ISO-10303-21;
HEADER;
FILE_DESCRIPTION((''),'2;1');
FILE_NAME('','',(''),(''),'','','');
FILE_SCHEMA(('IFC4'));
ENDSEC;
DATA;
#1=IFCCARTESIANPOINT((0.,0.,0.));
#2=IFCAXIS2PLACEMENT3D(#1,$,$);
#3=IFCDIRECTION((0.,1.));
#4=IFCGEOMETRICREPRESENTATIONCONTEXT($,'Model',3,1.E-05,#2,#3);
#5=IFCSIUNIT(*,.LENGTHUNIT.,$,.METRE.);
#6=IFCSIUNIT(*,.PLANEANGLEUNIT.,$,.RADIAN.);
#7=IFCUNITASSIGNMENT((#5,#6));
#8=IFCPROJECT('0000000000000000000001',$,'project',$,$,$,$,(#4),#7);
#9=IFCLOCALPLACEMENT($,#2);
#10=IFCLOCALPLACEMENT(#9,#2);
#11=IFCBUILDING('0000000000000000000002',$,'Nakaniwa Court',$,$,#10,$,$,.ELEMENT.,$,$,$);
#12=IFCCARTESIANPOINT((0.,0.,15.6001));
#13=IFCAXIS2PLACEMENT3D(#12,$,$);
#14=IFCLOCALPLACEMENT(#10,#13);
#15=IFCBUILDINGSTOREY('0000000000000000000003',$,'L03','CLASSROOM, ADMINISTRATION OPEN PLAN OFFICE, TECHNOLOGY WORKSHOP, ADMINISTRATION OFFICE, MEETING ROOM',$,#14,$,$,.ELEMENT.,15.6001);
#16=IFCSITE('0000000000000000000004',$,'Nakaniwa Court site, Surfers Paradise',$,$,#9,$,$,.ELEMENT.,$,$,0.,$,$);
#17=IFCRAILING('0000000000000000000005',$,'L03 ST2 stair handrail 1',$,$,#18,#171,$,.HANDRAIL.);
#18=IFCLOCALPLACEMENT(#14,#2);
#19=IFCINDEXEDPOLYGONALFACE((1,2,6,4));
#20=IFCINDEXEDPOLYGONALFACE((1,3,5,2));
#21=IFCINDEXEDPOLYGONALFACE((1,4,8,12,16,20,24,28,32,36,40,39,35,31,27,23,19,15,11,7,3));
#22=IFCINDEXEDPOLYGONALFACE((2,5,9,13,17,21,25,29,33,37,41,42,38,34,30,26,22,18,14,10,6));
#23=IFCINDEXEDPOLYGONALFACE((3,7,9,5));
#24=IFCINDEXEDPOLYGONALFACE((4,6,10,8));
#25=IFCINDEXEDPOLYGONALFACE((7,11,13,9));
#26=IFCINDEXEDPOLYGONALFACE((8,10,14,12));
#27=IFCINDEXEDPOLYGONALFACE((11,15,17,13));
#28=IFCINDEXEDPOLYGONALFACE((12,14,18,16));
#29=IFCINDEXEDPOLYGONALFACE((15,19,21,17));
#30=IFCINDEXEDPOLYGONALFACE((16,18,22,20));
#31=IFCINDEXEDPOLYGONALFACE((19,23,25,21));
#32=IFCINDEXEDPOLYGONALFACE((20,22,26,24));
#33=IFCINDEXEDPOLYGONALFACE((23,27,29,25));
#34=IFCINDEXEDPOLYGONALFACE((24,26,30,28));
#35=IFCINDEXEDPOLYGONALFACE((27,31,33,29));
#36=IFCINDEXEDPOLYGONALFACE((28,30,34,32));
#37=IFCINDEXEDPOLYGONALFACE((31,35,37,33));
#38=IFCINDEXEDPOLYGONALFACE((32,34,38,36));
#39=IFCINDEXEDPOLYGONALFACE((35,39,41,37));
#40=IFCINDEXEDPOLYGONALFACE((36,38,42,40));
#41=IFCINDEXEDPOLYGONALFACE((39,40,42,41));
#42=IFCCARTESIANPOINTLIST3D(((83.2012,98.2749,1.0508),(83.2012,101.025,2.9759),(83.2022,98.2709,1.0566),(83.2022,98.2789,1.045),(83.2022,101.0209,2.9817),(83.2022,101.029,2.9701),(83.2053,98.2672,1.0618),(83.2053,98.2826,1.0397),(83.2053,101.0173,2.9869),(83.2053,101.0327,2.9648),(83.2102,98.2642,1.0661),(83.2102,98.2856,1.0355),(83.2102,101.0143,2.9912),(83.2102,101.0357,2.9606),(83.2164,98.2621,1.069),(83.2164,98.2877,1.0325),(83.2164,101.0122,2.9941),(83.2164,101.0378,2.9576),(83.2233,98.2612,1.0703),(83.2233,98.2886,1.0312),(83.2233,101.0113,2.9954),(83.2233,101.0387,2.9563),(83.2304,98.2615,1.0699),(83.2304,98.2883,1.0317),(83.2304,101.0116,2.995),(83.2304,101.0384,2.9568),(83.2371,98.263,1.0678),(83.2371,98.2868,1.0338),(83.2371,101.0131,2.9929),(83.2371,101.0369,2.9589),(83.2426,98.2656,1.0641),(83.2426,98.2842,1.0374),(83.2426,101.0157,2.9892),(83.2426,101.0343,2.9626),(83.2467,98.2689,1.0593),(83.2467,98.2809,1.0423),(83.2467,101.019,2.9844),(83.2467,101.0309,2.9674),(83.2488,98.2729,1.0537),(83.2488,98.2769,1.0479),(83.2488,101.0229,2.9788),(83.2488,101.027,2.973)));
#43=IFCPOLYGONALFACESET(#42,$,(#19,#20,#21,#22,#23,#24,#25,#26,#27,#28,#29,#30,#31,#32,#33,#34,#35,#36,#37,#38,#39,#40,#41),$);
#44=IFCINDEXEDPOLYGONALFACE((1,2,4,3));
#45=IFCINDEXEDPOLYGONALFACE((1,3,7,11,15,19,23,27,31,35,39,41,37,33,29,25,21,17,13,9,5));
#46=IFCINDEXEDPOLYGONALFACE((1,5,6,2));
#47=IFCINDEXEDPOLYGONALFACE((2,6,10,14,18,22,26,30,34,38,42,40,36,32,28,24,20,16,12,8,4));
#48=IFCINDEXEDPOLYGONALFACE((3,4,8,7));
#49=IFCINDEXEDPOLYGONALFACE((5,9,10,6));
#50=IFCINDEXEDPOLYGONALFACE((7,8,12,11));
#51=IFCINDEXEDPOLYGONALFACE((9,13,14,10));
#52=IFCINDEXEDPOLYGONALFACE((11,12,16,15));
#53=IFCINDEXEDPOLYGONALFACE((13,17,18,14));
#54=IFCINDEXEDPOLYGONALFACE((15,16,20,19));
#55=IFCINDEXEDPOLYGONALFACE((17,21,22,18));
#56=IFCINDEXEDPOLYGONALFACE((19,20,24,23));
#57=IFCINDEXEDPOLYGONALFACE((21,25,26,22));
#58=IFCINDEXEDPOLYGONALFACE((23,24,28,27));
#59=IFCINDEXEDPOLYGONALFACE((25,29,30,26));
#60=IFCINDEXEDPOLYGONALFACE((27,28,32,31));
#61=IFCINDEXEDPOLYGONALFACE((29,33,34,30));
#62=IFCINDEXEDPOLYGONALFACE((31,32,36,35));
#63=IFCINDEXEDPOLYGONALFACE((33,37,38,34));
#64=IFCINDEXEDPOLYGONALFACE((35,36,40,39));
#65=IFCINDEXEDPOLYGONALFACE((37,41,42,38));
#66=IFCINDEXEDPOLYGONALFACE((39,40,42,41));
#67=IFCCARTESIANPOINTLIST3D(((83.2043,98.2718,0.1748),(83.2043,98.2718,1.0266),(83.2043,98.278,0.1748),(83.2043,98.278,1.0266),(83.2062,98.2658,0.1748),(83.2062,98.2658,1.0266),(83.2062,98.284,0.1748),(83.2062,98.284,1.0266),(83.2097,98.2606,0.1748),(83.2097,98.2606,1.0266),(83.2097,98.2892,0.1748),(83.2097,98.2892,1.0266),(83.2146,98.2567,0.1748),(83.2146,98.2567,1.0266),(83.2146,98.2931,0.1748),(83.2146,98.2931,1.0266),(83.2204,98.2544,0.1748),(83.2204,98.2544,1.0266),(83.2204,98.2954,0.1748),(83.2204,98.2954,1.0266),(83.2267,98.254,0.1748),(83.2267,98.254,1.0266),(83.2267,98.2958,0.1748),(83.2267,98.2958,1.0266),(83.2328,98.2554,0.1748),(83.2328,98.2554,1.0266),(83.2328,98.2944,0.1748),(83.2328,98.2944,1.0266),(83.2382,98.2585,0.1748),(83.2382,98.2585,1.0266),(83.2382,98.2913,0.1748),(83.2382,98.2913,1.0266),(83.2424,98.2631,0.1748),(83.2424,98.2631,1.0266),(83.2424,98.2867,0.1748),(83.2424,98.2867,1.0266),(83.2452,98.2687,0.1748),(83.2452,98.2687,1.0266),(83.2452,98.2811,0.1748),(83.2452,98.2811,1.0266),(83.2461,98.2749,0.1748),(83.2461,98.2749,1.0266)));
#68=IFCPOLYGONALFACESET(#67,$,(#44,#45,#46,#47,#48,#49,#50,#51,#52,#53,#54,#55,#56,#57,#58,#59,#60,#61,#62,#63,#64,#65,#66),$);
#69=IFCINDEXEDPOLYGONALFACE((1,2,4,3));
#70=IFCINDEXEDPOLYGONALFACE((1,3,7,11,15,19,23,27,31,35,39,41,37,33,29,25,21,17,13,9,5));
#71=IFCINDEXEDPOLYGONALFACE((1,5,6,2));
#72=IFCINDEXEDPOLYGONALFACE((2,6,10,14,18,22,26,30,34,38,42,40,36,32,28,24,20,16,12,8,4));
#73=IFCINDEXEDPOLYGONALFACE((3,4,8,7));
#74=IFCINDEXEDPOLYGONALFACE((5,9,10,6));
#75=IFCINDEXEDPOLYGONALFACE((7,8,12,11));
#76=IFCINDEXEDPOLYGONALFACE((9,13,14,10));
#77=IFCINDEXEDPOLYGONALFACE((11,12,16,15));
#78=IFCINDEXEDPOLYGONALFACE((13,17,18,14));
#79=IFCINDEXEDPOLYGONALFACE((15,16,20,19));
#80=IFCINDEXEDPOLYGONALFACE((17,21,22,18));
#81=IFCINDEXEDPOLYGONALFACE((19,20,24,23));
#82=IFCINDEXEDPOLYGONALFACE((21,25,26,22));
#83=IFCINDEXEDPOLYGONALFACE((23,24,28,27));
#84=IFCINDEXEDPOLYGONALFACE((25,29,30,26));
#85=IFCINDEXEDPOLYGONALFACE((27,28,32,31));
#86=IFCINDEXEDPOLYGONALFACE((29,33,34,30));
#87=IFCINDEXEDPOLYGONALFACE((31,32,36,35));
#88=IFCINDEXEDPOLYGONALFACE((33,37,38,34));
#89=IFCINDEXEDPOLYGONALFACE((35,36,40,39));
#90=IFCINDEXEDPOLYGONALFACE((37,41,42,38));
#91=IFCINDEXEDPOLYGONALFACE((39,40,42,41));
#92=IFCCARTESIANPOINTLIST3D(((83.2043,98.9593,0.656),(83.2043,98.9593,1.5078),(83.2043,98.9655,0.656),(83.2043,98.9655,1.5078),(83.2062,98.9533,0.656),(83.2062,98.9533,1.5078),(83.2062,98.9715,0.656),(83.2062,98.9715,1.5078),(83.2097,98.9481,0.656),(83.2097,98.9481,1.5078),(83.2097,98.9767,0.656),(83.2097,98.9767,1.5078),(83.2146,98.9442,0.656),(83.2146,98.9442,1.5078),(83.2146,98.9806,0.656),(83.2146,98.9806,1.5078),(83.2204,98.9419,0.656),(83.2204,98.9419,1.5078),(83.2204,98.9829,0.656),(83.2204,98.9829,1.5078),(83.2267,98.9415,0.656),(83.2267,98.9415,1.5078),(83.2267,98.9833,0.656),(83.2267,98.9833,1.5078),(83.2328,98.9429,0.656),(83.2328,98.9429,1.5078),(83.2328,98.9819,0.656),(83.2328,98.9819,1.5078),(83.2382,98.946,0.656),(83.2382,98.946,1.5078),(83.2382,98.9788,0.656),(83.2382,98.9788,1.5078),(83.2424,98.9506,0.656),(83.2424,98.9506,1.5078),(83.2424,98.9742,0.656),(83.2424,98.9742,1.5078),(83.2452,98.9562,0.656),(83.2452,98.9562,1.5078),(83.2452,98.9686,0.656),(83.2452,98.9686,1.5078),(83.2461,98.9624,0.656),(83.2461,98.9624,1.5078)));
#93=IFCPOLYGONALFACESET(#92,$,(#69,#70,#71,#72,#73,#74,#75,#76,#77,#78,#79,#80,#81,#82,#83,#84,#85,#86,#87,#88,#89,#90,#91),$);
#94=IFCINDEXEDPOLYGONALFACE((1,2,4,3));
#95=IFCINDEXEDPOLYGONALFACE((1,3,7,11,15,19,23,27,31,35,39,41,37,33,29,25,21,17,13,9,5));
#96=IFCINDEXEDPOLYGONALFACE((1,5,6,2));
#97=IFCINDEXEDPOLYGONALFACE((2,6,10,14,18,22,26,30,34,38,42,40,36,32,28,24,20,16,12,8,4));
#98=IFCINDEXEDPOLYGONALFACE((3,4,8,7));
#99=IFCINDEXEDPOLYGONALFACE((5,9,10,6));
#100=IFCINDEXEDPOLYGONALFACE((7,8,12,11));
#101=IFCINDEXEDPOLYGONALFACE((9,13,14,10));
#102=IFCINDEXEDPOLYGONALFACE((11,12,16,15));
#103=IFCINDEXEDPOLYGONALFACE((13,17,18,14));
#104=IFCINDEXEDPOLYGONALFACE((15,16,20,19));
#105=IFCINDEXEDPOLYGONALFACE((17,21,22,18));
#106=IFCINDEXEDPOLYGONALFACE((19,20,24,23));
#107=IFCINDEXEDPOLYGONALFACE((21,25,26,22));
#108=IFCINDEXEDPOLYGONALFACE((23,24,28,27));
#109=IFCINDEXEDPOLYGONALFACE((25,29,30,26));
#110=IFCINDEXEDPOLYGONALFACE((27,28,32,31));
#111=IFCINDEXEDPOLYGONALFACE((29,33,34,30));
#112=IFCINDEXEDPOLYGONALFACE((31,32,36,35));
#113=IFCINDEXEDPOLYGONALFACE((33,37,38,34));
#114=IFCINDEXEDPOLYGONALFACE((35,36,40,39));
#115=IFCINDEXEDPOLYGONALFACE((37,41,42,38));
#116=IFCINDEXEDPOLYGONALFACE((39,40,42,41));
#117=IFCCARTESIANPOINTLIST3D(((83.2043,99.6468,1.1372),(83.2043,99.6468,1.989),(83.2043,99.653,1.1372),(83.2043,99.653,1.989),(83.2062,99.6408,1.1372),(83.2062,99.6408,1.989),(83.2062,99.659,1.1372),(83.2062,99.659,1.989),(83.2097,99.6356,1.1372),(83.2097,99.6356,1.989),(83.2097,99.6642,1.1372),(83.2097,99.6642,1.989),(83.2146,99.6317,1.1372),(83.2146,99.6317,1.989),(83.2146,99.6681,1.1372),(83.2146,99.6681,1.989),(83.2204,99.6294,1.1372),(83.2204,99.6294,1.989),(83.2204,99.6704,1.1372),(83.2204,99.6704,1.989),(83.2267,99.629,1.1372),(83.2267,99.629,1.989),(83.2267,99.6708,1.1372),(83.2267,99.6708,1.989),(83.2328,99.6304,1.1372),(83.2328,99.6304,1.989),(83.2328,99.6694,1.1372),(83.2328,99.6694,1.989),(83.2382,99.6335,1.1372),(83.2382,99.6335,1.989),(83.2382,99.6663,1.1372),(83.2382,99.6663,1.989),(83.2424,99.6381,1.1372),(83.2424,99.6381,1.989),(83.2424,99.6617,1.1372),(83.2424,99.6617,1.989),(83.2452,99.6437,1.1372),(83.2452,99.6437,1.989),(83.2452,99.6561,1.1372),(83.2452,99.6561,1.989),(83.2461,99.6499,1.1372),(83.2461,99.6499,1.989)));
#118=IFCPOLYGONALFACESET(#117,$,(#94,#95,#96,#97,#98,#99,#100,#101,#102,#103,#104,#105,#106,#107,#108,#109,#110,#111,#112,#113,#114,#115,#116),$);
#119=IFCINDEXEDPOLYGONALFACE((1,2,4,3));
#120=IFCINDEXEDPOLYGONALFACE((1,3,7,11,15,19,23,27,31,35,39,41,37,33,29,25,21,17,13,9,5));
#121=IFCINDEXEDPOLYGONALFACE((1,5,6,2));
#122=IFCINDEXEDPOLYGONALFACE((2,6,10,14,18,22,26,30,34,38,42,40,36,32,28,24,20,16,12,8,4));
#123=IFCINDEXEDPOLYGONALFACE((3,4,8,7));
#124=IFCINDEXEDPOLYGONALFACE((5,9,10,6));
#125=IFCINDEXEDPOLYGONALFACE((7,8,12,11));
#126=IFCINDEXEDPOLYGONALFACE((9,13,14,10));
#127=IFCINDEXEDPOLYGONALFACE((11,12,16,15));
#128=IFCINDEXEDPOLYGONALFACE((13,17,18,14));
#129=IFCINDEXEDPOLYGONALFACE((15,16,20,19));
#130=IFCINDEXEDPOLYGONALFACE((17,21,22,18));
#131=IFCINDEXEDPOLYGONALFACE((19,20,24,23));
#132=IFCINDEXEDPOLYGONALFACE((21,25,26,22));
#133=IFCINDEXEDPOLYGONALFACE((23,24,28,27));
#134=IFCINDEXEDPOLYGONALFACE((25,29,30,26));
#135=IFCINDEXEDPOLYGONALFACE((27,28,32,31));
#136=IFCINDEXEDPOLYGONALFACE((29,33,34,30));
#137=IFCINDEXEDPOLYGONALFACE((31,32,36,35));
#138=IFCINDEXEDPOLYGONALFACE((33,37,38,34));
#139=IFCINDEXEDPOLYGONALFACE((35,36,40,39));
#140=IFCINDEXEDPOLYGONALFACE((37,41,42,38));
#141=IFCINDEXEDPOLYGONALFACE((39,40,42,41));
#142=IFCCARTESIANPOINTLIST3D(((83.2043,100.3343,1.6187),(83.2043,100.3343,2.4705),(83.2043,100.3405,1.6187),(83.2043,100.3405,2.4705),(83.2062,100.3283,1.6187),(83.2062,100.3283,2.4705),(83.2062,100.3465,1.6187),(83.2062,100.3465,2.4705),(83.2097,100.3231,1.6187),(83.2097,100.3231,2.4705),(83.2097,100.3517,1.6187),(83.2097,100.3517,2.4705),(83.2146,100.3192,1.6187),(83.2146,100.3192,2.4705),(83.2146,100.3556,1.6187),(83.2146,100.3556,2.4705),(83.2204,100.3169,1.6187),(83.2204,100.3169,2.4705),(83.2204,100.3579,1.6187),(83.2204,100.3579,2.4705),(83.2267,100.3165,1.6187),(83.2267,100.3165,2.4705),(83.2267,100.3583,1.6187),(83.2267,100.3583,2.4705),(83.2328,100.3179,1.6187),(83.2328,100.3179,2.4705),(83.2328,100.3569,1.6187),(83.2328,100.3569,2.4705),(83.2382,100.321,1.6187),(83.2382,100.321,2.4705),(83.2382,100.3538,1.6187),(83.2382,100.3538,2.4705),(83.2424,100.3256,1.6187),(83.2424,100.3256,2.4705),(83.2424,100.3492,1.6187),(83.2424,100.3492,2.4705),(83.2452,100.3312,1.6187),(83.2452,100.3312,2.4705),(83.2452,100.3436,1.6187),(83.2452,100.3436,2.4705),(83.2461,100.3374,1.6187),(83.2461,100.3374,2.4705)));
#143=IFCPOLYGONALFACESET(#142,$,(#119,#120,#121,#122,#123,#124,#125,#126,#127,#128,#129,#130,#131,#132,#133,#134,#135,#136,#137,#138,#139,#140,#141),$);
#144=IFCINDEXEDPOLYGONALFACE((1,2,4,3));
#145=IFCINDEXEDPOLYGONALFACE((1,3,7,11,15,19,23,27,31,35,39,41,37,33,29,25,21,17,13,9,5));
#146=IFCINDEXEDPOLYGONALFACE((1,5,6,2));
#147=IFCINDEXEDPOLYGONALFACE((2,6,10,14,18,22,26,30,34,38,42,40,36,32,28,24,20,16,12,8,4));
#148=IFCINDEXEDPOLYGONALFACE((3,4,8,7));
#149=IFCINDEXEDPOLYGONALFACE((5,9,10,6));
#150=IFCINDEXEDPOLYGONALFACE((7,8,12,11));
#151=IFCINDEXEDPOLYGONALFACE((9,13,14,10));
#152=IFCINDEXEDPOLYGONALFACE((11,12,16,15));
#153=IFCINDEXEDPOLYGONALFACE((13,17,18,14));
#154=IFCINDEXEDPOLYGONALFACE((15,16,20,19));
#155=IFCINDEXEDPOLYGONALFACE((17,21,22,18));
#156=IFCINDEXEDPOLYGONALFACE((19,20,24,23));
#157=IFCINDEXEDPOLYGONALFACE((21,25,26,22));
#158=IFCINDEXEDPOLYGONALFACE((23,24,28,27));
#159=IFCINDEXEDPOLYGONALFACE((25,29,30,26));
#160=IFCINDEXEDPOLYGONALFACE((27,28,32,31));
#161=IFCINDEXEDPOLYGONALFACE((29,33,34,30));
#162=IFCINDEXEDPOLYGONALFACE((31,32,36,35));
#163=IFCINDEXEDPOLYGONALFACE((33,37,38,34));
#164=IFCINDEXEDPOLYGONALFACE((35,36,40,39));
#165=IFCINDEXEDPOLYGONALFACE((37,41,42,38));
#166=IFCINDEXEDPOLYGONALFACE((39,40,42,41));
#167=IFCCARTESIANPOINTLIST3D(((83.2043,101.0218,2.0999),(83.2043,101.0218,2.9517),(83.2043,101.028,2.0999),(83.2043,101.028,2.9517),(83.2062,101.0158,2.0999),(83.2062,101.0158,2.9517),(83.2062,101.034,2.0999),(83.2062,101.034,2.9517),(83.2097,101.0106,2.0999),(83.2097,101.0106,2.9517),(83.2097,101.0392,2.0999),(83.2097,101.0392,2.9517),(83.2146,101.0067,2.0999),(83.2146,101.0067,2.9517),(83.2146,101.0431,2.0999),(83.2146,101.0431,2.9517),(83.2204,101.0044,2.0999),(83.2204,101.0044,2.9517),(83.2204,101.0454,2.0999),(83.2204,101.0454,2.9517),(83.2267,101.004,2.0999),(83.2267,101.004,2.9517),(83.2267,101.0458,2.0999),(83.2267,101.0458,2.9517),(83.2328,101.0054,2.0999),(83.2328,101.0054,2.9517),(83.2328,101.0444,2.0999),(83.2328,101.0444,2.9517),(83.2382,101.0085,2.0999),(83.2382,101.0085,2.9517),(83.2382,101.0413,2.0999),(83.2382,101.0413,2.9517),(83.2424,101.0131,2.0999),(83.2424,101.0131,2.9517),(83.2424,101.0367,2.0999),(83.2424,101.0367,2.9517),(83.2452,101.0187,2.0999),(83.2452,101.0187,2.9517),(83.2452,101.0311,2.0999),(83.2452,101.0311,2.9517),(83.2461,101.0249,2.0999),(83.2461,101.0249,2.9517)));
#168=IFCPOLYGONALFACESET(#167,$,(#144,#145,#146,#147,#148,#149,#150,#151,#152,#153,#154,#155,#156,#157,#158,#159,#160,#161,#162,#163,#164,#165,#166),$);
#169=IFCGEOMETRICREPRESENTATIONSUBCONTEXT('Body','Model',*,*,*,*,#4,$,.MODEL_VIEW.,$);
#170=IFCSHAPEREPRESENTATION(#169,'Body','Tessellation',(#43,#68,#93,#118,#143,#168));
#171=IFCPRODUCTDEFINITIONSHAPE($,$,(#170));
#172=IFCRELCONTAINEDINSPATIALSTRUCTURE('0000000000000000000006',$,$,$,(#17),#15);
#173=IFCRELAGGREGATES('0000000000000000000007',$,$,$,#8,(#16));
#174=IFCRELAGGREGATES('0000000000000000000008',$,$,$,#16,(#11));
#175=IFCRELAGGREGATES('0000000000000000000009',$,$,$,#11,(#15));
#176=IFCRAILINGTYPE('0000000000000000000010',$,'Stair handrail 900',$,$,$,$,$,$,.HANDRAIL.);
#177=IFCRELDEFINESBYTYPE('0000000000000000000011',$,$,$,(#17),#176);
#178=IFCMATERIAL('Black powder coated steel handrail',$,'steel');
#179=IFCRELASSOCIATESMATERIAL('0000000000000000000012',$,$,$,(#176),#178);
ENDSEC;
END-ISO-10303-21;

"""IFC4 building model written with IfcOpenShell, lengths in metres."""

from ifc_helpers import new_model, si_unit, direction, frame, origin, origin_2d, place, context, subcontext, project, spatial, circle, extrude, material, type_object, element, save


model = new_model("IFC4")

# Units and contexts
model_context = context("Model", 3, precision=1e-05, world=origin(), true_north=direction((0.0, 1.0)))
body_context = subcontext(model_context, "Body", "Model", "MODEL_VIEW")
ifc_project = project(units=[si_unit("LENGTHUNIT", "METRE"), si_unit("PLANEANGLEUNIT", "RADIAN")], contexts=[model_context])

# Site, building, storey
site_placement = place(None, origin())
site = spatial("IfcSite", under=ifc_project, at=site_placement, Name="Nakaniwa Court site, Surfers Paradise", CompositionType="ELEMENT", RefElevation=0.0)
building_placement = place(site_placement, origin())
building = spatial("IfcBuilding", under=site, at=building_placement, Name="Nakaniwa Court", CompositionType="ELEMENT")
storey_placement = place(building_placement, frame((0.0, 0.0, 15.6001)))
storey = spatial("IfcBuildingStorey", under=building, at=storey_placement, Name="L03", Description="CLASSROOM, ADMINISTRATION OPEN PLAN OFFICE, TECHNOLOGY WORKSHOP, ADMINISTRATION OFFICE, MEETING ROOM", CompositionType="ELEMENT", Elevation=15.6001)

# Railing
ifc_material_1 = material(Name="Black powder coated steel handrail", Category="steel")
railing_type = type_object("IfcRailingType", Name="Stair handrail 900", PredefinedType="HANDRAIL", material=ifc_material_1)
railing_placement = place(storey_placement, frame((83.2251, 98.2749, 0.1748)))
element("IfcRailing", 1, at=railing_placement, inside=storey, type_object=railing_type, Name="L03 ST2 stair handrail 1", PredefinedType="HANDRAIL", context=body_context, shape_type="SweptSolid", body=[
    extrude(circle(Radius=0.0239, at=origin_2d()), frame((0.0, 0.0, 0.876), z_axis=(0.0, 0.819225, 0.573472), x_axis=(-1.0, 0.0, 0.0)), (0.0, 0.0, 1.0), 3.3569),
    extrude(circle(Radius=0.021, at=origin_2d()), origin(), (0.0, 0.0, 1.0), 0.8518),
    extrude(circle(Radius=0.021, at=origin_2d()), frame((0.0, 0.6875, 0.4812)), (0.0, 0.0, 1.0), 0.8518),
    extrude(circle(Radius=0.021, at=origin_2d()), frame((0.0, 1.375, 0.9624)), (0.0, 0.0, 1.0), 0.8518),
    extrude(circle(Radius=0.021, at=origin_2d()), frame((0.0, 2.0625, 1.4438)), (0.0, 0.0, 1.0), 0.8518),
    extrude(circle(Radius=0.021, at=origin_2d()), frame((0.0, 2.75, 1.925)), (0.0, 0.0, 1.0), 0.8518),
])

save(model, "model.ifc")
